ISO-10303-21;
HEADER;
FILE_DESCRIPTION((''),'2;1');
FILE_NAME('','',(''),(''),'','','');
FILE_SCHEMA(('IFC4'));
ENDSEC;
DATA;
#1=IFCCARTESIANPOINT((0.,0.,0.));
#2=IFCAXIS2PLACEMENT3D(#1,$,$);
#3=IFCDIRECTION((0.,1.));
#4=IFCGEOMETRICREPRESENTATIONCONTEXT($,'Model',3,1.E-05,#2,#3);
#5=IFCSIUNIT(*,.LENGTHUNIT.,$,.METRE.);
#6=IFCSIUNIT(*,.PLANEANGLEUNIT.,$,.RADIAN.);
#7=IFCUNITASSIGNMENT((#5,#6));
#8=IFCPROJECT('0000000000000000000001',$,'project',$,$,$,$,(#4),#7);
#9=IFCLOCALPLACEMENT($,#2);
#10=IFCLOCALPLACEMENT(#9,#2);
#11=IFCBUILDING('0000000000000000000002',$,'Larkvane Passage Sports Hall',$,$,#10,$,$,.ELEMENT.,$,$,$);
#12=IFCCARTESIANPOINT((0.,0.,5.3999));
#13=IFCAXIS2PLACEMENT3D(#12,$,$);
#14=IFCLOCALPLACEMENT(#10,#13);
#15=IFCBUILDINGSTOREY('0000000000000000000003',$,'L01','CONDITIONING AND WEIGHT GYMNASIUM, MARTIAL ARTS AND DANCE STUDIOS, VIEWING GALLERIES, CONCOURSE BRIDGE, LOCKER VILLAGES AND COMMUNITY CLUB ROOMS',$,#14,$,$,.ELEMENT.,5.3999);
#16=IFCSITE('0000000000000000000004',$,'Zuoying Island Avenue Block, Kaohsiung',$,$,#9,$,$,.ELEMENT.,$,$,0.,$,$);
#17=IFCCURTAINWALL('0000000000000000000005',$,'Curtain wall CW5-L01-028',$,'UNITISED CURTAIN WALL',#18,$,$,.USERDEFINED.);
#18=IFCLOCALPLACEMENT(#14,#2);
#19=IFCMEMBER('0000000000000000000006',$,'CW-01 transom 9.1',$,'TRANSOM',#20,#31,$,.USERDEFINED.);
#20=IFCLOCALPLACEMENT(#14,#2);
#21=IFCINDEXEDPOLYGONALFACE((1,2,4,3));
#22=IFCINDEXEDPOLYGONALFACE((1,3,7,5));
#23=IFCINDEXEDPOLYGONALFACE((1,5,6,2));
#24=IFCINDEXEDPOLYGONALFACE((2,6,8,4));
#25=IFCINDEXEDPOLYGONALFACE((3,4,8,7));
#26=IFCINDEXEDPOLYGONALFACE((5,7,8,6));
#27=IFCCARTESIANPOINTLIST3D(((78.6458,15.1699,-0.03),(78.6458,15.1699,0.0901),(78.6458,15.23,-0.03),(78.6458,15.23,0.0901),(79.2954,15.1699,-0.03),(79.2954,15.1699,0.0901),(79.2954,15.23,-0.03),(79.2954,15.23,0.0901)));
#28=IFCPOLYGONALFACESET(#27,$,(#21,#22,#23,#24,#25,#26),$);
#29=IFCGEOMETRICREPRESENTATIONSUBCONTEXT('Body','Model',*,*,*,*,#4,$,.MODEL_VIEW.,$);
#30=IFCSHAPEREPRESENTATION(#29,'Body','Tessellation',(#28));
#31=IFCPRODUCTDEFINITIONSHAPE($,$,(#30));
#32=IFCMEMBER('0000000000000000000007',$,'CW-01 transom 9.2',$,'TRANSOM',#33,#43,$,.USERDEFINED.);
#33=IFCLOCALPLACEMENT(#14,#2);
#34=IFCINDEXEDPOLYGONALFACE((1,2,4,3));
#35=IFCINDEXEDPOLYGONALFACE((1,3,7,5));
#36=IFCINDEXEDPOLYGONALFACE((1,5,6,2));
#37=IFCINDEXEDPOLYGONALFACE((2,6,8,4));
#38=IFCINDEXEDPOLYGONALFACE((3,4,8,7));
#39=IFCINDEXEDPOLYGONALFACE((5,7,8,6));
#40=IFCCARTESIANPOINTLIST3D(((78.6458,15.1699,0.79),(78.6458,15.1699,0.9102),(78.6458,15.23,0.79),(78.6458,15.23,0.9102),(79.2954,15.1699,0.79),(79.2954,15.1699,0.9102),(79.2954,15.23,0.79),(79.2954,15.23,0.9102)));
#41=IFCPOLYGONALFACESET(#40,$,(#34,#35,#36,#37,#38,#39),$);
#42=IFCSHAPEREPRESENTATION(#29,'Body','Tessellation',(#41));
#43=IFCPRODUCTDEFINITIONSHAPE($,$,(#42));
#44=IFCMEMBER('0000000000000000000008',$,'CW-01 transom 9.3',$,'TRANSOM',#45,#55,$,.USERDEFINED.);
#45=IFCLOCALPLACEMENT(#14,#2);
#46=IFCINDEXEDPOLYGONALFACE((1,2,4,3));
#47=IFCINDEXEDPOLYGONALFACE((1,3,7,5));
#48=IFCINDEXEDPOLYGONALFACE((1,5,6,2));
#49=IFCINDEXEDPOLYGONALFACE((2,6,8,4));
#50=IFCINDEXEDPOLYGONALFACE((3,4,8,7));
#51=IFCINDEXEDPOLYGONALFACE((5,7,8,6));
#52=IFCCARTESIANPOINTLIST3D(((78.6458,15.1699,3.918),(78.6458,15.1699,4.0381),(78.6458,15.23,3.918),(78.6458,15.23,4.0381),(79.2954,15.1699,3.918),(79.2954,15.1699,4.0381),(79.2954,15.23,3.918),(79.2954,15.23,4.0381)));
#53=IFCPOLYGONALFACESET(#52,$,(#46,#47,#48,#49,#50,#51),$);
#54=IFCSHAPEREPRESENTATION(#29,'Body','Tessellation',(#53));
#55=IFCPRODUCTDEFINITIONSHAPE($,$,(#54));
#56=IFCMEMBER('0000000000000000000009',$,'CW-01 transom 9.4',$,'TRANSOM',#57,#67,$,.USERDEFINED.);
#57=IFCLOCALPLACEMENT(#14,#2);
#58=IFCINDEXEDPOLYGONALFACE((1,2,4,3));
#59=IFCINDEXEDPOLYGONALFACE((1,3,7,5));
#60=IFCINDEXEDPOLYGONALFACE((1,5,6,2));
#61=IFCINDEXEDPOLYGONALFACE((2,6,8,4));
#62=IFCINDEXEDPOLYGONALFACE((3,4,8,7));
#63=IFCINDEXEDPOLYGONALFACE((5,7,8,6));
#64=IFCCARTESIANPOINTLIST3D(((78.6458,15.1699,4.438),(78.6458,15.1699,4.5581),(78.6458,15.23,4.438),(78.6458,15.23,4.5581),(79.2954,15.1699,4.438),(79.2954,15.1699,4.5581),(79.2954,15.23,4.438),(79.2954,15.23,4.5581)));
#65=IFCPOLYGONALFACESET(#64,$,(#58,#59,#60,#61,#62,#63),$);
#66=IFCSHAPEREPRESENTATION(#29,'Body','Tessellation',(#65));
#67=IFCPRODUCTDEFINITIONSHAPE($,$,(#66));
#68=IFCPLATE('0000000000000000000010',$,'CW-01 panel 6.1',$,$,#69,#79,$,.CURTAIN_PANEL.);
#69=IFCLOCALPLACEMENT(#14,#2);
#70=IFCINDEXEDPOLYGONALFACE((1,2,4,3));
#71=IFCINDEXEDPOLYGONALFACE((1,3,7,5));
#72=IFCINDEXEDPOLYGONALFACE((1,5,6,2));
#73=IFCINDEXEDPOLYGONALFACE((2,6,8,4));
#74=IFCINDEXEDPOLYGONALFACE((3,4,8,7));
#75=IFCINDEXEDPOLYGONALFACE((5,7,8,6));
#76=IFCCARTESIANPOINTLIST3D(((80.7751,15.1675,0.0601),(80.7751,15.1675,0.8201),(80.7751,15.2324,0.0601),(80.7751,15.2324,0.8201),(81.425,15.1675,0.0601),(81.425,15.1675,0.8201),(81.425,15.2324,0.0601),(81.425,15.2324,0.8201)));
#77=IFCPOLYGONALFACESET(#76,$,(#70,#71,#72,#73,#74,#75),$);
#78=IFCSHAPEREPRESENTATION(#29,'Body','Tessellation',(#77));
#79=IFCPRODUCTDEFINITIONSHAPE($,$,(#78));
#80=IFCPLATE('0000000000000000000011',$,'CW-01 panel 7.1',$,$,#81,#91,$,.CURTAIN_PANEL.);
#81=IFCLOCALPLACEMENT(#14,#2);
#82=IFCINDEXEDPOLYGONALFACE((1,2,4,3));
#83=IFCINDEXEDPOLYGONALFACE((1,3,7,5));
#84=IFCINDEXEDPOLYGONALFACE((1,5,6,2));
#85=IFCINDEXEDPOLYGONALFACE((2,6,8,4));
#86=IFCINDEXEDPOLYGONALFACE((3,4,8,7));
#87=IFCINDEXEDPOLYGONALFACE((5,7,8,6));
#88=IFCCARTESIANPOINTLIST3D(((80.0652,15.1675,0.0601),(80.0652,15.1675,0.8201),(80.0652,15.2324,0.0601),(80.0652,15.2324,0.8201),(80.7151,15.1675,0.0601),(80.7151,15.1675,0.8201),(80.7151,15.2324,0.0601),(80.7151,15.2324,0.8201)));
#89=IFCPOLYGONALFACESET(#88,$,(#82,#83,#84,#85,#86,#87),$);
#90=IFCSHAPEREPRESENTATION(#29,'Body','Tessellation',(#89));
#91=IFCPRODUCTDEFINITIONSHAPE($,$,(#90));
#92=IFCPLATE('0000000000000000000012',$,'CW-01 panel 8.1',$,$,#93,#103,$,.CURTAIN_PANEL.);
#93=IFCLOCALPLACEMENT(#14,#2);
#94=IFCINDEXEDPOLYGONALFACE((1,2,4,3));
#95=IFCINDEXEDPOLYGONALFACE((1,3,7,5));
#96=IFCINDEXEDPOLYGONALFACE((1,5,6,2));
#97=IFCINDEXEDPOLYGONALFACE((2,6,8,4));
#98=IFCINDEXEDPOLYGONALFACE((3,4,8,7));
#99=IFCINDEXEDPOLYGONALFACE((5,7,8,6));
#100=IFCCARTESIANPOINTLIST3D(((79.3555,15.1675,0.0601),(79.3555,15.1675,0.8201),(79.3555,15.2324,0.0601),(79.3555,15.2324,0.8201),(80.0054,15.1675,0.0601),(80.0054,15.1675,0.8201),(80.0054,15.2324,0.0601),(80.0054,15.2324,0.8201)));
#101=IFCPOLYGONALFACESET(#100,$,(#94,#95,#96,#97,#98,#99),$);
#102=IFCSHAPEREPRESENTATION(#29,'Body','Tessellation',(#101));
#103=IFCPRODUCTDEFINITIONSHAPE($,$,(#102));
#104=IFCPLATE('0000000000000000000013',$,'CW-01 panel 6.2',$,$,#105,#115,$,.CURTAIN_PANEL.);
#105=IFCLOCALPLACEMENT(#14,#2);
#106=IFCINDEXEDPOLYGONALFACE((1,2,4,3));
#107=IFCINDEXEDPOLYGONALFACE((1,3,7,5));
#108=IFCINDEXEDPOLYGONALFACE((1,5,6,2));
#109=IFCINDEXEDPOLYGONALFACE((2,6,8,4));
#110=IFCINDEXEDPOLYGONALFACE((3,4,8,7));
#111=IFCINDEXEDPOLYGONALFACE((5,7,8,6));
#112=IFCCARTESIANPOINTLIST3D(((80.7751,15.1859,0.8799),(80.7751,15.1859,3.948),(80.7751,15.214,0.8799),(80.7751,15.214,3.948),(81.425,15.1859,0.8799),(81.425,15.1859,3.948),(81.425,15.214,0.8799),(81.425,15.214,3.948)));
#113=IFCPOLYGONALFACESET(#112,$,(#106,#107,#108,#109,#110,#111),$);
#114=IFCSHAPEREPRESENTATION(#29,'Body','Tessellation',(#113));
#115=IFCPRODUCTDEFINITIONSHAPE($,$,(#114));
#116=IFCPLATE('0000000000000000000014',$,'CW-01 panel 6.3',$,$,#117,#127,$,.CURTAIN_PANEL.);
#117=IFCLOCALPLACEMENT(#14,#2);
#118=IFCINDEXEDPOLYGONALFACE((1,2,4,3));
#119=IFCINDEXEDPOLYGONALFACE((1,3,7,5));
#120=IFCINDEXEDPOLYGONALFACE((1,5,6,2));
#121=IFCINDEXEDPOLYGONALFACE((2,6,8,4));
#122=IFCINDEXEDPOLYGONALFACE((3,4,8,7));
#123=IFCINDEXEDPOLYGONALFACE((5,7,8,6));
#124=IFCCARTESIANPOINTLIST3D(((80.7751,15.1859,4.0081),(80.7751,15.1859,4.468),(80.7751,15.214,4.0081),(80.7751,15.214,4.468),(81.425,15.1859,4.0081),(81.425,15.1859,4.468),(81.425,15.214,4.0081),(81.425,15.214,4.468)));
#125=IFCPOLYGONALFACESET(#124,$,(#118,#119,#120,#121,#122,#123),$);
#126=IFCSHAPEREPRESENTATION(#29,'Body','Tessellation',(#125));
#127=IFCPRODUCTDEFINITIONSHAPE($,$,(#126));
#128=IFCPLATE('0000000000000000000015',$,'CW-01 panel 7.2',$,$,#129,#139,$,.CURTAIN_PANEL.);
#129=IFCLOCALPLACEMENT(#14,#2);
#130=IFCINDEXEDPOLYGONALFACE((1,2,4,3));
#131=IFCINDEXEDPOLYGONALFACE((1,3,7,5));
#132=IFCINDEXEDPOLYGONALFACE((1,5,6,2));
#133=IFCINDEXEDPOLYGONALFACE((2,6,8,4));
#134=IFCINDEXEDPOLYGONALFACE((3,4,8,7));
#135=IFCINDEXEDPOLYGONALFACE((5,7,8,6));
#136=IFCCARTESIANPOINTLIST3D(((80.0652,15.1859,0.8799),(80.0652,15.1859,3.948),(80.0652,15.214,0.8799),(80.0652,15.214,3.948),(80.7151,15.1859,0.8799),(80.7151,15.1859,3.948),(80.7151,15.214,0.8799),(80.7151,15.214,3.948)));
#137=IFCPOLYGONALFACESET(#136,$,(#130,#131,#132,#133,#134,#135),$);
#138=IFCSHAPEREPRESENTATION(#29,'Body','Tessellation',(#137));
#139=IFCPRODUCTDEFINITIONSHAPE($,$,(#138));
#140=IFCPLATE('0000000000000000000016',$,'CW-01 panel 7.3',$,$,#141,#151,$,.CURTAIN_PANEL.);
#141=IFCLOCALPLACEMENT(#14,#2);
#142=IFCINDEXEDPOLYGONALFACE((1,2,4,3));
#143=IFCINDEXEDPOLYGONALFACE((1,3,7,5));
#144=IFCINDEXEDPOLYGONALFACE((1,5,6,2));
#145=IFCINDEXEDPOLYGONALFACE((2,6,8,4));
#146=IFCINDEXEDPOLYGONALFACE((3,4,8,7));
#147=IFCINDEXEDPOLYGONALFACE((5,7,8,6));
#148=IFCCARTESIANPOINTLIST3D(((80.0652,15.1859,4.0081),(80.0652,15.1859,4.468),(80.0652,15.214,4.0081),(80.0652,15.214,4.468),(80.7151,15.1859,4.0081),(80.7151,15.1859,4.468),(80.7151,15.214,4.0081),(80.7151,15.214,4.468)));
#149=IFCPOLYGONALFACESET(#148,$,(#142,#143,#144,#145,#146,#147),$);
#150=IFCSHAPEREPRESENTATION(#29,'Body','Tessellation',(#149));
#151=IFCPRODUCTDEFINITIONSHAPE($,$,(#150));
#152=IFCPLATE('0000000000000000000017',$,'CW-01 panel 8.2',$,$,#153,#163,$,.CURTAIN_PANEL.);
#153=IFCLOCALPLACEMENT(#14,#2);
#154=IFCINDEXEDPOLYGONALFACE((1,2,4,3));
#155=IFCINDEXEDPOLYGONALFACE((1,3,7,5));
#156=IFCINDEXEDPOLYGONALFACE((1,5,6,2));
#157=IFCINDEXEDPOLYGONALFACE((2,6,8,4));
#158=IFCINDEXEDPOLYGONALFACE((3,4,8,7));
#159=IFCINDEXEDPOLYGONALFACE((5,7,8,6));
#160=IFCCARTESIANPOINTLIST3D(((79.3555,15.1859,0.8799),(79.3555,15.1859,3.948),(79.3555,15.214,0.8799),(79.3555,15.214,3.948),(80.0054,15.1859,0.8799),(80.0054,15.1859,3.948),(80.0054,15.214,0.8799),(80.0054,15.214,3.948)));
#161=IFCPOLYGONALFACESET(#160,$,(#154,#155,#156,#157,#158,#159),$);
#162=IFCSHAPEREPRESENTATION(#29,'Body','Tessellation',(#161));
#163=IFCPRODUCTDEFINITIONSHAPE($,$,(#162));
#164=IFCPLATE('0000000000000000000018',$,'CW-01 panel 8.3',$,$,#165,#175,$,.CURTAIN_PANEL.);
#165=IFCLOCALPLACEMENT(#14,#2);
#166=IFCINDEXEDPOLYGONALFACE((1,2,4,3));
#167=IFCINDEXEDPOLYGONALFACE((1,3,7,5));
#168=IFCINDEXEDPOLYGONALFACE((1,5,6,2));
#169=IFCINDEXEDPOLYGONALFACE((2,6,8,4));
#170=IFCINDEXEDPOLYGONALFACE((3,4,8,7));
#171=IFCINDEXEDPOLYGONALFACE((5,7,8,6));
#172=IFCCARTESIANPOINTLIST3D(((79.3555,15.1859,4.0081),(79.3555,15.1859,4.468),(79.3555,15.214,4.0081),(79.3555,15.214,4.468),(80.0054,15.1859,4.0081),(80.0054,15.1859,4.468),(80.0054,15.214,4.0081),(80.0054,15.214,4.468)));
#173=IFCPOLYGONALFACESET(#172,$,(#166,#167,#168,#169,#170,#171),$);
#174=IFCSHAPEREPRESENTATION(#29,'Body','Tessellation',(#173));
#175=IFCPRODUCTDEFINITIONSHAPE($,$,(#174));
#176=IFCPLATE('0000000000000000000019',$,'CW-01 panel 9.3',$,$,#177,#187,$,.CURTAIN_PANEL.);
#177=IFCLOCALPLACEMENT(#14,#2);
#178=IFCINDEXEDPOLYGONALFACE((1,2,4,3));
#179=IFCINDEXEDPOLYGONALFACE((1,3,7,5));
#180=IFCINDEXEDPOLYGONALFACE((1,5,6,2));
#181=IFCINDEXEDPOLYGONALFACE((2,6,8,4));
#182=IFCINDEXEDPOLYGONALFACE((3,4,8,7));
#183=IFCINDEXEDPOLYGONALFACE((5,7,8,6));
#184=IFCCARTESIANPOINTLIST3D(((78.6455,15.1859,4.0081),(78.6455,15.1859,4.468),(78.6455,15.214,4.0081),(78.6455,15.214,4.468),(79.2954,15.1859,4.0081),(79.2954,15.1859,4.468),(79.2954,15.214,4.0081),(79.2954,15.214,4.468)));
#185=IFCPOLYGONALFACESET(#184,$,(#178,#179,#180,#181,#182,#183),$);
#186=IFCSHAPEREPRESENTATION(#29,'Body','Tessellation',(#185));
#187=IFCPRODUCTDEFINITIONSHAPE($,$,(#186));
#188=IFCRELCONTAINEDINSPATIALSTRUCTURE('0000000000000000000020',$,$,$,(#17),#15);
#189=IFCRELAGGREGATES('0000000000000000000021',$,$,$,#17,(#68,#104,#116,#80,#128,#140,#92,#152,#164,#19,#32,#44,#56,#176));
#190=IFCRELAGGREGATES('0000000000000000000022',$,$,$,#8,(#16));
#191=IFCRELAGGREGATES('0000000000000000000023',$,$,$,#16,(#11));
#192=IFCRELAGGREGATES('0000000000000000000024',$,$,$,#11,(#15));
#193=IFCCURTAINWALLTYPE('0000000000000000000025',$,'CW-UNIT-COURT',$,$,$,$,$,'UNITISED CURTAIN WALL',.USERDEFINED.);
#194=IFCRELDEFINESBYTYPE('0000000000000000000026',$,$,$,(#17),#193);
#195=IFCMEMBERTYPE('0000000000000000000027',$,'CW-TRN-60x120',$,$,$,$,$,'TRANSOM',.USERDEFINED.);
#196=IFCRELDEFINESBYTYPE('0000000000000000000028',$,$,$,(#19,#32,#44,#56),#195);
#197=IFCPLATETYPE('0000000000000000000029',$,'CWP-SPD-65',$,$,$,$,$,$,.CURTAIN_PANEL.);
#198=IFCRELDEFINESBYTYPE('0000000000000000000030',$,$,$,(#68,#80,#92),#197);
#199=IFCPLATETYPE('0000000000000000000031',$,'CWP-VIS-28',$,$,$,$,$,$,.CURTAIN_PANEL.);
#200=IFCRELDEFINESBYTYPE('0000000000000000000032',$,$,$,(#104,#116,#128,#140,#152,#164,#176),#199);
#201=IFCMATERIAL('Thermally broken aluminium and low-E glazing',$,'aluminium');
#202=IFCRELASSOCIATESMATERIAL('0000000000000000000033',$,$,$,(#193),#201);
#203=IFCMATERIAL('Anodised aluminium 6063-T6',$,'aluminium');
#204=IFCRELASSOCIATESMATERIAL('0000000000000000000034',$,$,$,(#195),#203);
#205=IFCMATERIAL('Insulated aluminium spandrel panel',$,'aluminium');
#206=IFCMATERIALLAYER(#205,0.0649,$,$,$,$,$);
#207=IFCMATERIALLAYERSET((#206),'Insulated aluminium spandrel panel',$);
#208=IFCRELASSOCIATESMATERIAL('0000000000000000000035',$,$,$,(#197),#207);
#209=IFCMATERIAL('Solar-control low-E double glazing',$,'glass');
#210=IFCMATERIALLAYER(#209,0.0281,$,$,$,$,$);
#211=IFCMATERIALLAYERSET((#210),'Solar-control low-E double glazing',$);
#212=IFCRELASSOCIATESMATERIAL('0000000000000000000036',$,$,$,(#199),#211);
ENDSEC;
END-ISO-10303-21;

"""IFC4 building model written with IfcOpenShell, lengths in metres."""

from ifc_helpers import new_model, si_unit, direction, frame, origin, origin_2d, place, context, subcontext, project, spatial, rectangle, extrude, material, layer, layer_set, material_profile, profile_set, type_object, element, aggregate, save


model = new_model("IFC4")

# Units and contexts
model_context = context("Model", 3, precision=1e-05, world=origin(), true_north=direction((0.0, 1.0)))
body_context = subcontext(model_context, "Body", "Model", "MODEL_VIEW")
ifc_project = project(units=[si_unit("LENGTHUNIT", "METRE"), si_unit("PLANEANGLEUNIT", "RADIAN")], contexts=[model_context])

# Site, building, storey
site_placement = place(None, origin())
site = spatial("IfcSite", under=ifc_project, at=site_placement, Name="Zuoying Island Avenue Block, Kaohsiung", CompositionType="ELEMENT", RefElevation=0.0)
building_placement = place(site_placement, origin())
building = spatial("IfcBuilding", under=site, at=building_placement, Name="Larkvane Passage Sports Hall", CompositionType="ELEMENT")
storey_placement = place(building_placement, frame((0.0, 0.0, 5.3999)))
storey = spatial("IfcBuildingStorey", under=building, at=storey_placement, Name="L01", Description="CONDITIONING AND WEIGHT GYMNASIUM, MARTIAL ARTS AND DANCE STUDIOS, VIEWING GALLERIES, CONCOURSE BRIDGE, LOCKER VILLAGES AND COMMUNITY CLUB ROOMS", CompositionType="ELEMENT", Elevation=5.3999)

# Curtain wall, members, plates
ifc_material_1 = material(Name="Thermally broken aluminium and low-E glazing", Category="aluminium")
curtain_wall_type = type_object("IfcCurtainWallType", Name="CW-UNIT-COURT", ElementType="UNITISED CURTAIN WALL", PredefinedType="USERDEFINED", material=ifc_material_1)
curtain_wall_placement = place(storey_placement, origin())
curtain_wall = element("IfcCurtainWall", 1, at=curtain_wall_placement, inside=storey, type_object=curtain_wall_type, Name="Curtain wall CW5-L01-028", ObjectType="UNITISED CURTAIN WALL", PredefinedType="USERDEFINED")
ifc_material_2 = material(Name="Anodised aluminium 6063-T6", Category="aluminium")
ifc_material_profile_1 = material_profile(ifc_material_2, rectangle(XDim=0.0601, YDim=0.1201, at=origin_2d()), Name="ALU-TRN-60x120")
ifc_profile_set_1 = profile_set([ifc_material_profile_1], Name="Anodised aluminium 6063-T6")
member_type_1 = type_object("IfcMemberType", Name="CW-TRN-60x120", ElementType="TRANSOM", PredefinedType="USERDEFINED", material=ifc_profile_set_1)
member_1_placement = place(storey_placement, frame((79.2954, 15.2, 0.03), z_axis=(-1.0, 0.0, 0.0), x_axis=(0.0, -1.0, 0.0)))
member_1 = element("IfcMember", 2, at=member_1_placement, type_object=member_type_1, Name="CW-01 transom 9.1", ObjectType="TRANSOM", PredefinedType="USERDEFINED", context=body_context, shape_type="SweptSolid", body=[
    extrude(rectangle(XDim=0.0601, YDim=0.1201, at=origin_2d()), origin(), (0.0, 0.0, 1.0), 0.6497),
])
member_2_placement = place(storey_placement, frame((79.2954, 15.2, 0.8501), z_axis=(-1.0, 0.0, 0.0), x_axis=(0.0, -1.0, 0.0)))
member_2 = element("IfcMember", 3, at=member_2_placement, type_object=member_type_1, Name="CW-01 transom 9.2", ObjectType="TRANSOM", PredefinedType="USERDEFINED", context=body_context, shape_type="SweptSolid", body=[
    extrude(rectangle(XDim=0.0601, YDim=0.1201, at=origin_2d()), origin(), (0.0, 0.0, 1.0), 0.6497),
])
member_3_placement = place(storey_placement, frame((79.2954, 15.2, 3.978), z_axis=(-1.0, 0.0, 0.0), x_axis=(0.0, -1.0, 0.0)))
member_3 = element("IfcMember", 4, at=member_3_placement, type_object=member_type_1, Name="CW-01 transom 9.3", ObjectType="TRANSOM", PredefinedType="USERDEFINED", context=body_context, shape_type="SweptSolid", body=[
    extrude(rectangle(XDim=0.0601, YDim=0.1201, at=origin_2d()), origin(), (0.0, 0.0, 1.0), 0.6497),
])
member_4_placement = place(storey_placement, frame((79.2954, 15.2, 4.498), z_axis=(-1.0, 0.0, 0.0), x_axis=(0.0, -1.0, 0.0)))
member_4 = element("IfcMember", 5, at=member_4_placement, type_object=member_type_1, Name="CW-01 transom 9.4", ObjectType="TRANSOM", PredefinedType="USERDEFINED", context=body_context, shape_type="SweptSolid", body=[
    extrude(rectangle(XDim=0.0601, YDim=0.1201, at=origin_2d()), origin(), (0.0, 0.0, 1.0), 0.6497),
])
ifc_material_3 = material(Name="Insulated aluminium spandrel panel", Category="aluminium")
ifc_layer_1 = layer(ifc_material_3, 0.0649)
ifc_layer_set_1 = layer_set([ifc_layer_1], Name="Insulated aluminium spandrel panel")
plate_type_1 = type_object("IfcPlateType", Name="CWP-SPD-65", PredefinedType="CURTAIN_PANEL", material=ifc_layer_set_1)
plate_1_placement = place(storey_placement, frame((81.1001, 15.2, 0.0601), z_axis=(0.0, 0.0, 1.0), x_axis=(-1.0, 0.0, 0.0)))
plate_1 = element("IfcPlate", 6, at=plate_1_placement, type_object=plate_type_1, Name="CW-01 panel 6.1", PredefinedType="CURTAIN_PANEL", context=body_context, shape_type="SweptSolid", body=[
    extrude(rectangle(XDim=0.6499, YDim=0.0649, at=origin_2d()), origin(), (0.0, 0.0, 1.0), 0.76),
])
plate_2_placement = place(storey_placement, frame((80.3901, 15.2, 0.0601), z_axis=(0.0, 0.0, 1.0), x_axis=(-1.0, 0.0, 0.0)))
plate_2 = element("IfcPlate", 7, at=plate_2_placement, type_object=plate_type_1, Name="CW-01 panel 7.1", PredefinedType="CURTAIN_PANEL", context=body_context, shape_type="SweptSolid", body=[
    extrude(rectangle(XDim=0.6499, YDim=0.0649, at=origin_2d()), origin(), (0.0, 0.0, 1.0), 0.76),
])
plate_3_placement = place(storey_placement, frame((79.6804, 15.2, 0.0601), z_axis=(0.0, 0.0, 1.0), x_axis=(-1.0, 0.0, 0.0)))
plate_3 = element("IfcPlate", 8, at=plate_3_placement, type_object=plate_type_1, Name="CW-01 panel 8.1", PredefinedType="CURTAIN_PANEL", context=body_context, shape_type="SweptSolid", body=[
    extrude(rectangle(XDim=0.6499, YDim=0.0649, at=origin_2d()), origin(), (0.0, 0.0, 1.0), 0.76),
])
ifc_material_4 = material(Name="Solar-control low-E double glazing", Category="glass")
ifc_layer_2 = layer(ifc_material_4, 0.0281)
ifc_layer_set_2 = layer_set([ifc_layer_2], Name="Solar-control low-E double glazing")
plate_type_2 = type_object("IfcPlateType", Name="CWP-VIS-28", PredefinedType="CURTAIN_PANEL", material=ifc_layer_set_2)
plate_4_placement = place(storey_placement, frame((81.1001, 15.2, 0.8799), z_axis=(0.0, 0.0, 1.0), x_axis=(-1.0, 0.0, 0.0)))
plate_4 = element("IfcPlate", 9, at=plate_4_placement, type_object=plate_type_2, Name="CW-01 panel 6.2", PredefinedType="CURTAIN_PANEL", context=body_context, shape_type="SweptSolid", body=[
    extrude(rectangle(XDim=0.6499, YDim=0.0281, at=origin_2d()), origin(), (0.0, 0.0, 1.0), 3.0681),
])
plate_5_placement = place(storey_placement, frame((81.1001, 15.2, 4.0081), z_axis=(0.0, 0.0, 1.0), x_axis=(-1.0, 0.0, 0.0)))
plate_5 = element("IfcPlate", 10, at=plate_5_placement, type_object=plate_type_2, Name="CW-01 panel 6.3", PredefinedType="CURTAIN_PANEL", context=body_context, shape_type="SweptSolid", body=[
    extrude(rectangle(XDim=0.6499, YDim=0.0281, at=origin_2d()), origin(), (0.0, 0.0, 1.0), 0.46),
])
plate_6_placement = place(storey_placement, frame((80.3901, 15.2, 0.8799), z_axis=(0.0, 0.0, 1.0), x_axis=(-1.0, 0.0, 0.0)))
plate_6 = element("IfcPlate", 11, at=plate_6_placement, type_object=plate_type_2, Name="CW-01 panel 7.2", PredefinedType="CURTAIN_PANEL", context=body_context, shape_type="SweptSolid", body=[
    extrude(rectangle(XDim=0.6499, YDim=0.0281, at=origin_2d()), origin(), (0.0, 0.0, 1.0), 3.0681),
])
plate_7_placement = place(storey_placement, frame((80.3901, 15.2, 4.0081), z_axis=(0.0, 0.0, 1.0), x_axis=(-1.0, 0.0, 0.0)))
plate_7 = element("IfcPlate", 12, at=plate_7_placement, type_object=plate_type_2, Name="CW-01 panel 7.3", PredefinedType="CURTAIN_PANEL", context=body_context, shape_type="SweptSolid", body=[
    extrude(rectangle(XDim=0.6499, YDim=0.0281, at=origin_2d()), origin(), (0.0, 0.0, 1.0), 0.46),
])
plate_8_placement = place(storey_placement, frame((79.6804, 15.2, 0.8799), z_axis=(0.0, 0.0, 1.0), x_axis=(-1.0, 0.0, 0.0)))
plate_8 = element("IfcPlate", 13, at=plate_8_placement, type_object=plate_type_2, Name="CW-01 panel 8.2", PredefinedType="CURTAIN_PANEL", context=body_context, shape_type="SweptSolid", body=[
    extrude(rectangle(XDim=0.6499, YDim=0.0281, at=origin_2d()), origin(), (0.0, 0.0, 1.0), 3.0681),
])
plate_9_placement = place(storey_placement, frame((79.6804, 15.2, 4.0081), z_axis=(0.0, 0.0, 1.0), x_axis=(-1.0, 0.0, 0.0)))
plate_9 = element("IfcPlate", 14, at=plate_9_placement, type_object=plate_type_2, Name="CW-01 panel 8.3", PredefinedType="CURTAIN_PANEL", context=body_context, shape_type="SweptSolid", body=[
    extrude(rectangle(XDim=0.6499, YDim=0.0281, at=origin_2d()), origin(), (0.0, 0.0, 1.0), 0.46),
])
plate_10_placement = place(storey_placement, frame((78.9705, 15.2, 4.0081), z_axis=(0.0, 0.0, 1.0), x_axis=(-1.0, 0.0, 0.0)))
plate_10 = element("IfcPlate", 15, at=plate_10_placement, type_object=plate_type_2, Name="CW-01 panel 9.3", PredefinedType="CURTAIN_PANEL", context=body_context, shape_type="SweptSolid", body=[
    extrude(rectangle(XDim=0.6499, YDim=0.0281, at=origin_2d()), origin(), (0.0, 0.0, 1.0), 0.46),
])
aggregate(curtain_wall, [plate_1, plate_4, plate_5, plate_2, plate_6, plate_7, plate_3, plate_8, plate_9, member_1, member_2, member_3, member_4, plate_10])

save(model, "model.ifc")
